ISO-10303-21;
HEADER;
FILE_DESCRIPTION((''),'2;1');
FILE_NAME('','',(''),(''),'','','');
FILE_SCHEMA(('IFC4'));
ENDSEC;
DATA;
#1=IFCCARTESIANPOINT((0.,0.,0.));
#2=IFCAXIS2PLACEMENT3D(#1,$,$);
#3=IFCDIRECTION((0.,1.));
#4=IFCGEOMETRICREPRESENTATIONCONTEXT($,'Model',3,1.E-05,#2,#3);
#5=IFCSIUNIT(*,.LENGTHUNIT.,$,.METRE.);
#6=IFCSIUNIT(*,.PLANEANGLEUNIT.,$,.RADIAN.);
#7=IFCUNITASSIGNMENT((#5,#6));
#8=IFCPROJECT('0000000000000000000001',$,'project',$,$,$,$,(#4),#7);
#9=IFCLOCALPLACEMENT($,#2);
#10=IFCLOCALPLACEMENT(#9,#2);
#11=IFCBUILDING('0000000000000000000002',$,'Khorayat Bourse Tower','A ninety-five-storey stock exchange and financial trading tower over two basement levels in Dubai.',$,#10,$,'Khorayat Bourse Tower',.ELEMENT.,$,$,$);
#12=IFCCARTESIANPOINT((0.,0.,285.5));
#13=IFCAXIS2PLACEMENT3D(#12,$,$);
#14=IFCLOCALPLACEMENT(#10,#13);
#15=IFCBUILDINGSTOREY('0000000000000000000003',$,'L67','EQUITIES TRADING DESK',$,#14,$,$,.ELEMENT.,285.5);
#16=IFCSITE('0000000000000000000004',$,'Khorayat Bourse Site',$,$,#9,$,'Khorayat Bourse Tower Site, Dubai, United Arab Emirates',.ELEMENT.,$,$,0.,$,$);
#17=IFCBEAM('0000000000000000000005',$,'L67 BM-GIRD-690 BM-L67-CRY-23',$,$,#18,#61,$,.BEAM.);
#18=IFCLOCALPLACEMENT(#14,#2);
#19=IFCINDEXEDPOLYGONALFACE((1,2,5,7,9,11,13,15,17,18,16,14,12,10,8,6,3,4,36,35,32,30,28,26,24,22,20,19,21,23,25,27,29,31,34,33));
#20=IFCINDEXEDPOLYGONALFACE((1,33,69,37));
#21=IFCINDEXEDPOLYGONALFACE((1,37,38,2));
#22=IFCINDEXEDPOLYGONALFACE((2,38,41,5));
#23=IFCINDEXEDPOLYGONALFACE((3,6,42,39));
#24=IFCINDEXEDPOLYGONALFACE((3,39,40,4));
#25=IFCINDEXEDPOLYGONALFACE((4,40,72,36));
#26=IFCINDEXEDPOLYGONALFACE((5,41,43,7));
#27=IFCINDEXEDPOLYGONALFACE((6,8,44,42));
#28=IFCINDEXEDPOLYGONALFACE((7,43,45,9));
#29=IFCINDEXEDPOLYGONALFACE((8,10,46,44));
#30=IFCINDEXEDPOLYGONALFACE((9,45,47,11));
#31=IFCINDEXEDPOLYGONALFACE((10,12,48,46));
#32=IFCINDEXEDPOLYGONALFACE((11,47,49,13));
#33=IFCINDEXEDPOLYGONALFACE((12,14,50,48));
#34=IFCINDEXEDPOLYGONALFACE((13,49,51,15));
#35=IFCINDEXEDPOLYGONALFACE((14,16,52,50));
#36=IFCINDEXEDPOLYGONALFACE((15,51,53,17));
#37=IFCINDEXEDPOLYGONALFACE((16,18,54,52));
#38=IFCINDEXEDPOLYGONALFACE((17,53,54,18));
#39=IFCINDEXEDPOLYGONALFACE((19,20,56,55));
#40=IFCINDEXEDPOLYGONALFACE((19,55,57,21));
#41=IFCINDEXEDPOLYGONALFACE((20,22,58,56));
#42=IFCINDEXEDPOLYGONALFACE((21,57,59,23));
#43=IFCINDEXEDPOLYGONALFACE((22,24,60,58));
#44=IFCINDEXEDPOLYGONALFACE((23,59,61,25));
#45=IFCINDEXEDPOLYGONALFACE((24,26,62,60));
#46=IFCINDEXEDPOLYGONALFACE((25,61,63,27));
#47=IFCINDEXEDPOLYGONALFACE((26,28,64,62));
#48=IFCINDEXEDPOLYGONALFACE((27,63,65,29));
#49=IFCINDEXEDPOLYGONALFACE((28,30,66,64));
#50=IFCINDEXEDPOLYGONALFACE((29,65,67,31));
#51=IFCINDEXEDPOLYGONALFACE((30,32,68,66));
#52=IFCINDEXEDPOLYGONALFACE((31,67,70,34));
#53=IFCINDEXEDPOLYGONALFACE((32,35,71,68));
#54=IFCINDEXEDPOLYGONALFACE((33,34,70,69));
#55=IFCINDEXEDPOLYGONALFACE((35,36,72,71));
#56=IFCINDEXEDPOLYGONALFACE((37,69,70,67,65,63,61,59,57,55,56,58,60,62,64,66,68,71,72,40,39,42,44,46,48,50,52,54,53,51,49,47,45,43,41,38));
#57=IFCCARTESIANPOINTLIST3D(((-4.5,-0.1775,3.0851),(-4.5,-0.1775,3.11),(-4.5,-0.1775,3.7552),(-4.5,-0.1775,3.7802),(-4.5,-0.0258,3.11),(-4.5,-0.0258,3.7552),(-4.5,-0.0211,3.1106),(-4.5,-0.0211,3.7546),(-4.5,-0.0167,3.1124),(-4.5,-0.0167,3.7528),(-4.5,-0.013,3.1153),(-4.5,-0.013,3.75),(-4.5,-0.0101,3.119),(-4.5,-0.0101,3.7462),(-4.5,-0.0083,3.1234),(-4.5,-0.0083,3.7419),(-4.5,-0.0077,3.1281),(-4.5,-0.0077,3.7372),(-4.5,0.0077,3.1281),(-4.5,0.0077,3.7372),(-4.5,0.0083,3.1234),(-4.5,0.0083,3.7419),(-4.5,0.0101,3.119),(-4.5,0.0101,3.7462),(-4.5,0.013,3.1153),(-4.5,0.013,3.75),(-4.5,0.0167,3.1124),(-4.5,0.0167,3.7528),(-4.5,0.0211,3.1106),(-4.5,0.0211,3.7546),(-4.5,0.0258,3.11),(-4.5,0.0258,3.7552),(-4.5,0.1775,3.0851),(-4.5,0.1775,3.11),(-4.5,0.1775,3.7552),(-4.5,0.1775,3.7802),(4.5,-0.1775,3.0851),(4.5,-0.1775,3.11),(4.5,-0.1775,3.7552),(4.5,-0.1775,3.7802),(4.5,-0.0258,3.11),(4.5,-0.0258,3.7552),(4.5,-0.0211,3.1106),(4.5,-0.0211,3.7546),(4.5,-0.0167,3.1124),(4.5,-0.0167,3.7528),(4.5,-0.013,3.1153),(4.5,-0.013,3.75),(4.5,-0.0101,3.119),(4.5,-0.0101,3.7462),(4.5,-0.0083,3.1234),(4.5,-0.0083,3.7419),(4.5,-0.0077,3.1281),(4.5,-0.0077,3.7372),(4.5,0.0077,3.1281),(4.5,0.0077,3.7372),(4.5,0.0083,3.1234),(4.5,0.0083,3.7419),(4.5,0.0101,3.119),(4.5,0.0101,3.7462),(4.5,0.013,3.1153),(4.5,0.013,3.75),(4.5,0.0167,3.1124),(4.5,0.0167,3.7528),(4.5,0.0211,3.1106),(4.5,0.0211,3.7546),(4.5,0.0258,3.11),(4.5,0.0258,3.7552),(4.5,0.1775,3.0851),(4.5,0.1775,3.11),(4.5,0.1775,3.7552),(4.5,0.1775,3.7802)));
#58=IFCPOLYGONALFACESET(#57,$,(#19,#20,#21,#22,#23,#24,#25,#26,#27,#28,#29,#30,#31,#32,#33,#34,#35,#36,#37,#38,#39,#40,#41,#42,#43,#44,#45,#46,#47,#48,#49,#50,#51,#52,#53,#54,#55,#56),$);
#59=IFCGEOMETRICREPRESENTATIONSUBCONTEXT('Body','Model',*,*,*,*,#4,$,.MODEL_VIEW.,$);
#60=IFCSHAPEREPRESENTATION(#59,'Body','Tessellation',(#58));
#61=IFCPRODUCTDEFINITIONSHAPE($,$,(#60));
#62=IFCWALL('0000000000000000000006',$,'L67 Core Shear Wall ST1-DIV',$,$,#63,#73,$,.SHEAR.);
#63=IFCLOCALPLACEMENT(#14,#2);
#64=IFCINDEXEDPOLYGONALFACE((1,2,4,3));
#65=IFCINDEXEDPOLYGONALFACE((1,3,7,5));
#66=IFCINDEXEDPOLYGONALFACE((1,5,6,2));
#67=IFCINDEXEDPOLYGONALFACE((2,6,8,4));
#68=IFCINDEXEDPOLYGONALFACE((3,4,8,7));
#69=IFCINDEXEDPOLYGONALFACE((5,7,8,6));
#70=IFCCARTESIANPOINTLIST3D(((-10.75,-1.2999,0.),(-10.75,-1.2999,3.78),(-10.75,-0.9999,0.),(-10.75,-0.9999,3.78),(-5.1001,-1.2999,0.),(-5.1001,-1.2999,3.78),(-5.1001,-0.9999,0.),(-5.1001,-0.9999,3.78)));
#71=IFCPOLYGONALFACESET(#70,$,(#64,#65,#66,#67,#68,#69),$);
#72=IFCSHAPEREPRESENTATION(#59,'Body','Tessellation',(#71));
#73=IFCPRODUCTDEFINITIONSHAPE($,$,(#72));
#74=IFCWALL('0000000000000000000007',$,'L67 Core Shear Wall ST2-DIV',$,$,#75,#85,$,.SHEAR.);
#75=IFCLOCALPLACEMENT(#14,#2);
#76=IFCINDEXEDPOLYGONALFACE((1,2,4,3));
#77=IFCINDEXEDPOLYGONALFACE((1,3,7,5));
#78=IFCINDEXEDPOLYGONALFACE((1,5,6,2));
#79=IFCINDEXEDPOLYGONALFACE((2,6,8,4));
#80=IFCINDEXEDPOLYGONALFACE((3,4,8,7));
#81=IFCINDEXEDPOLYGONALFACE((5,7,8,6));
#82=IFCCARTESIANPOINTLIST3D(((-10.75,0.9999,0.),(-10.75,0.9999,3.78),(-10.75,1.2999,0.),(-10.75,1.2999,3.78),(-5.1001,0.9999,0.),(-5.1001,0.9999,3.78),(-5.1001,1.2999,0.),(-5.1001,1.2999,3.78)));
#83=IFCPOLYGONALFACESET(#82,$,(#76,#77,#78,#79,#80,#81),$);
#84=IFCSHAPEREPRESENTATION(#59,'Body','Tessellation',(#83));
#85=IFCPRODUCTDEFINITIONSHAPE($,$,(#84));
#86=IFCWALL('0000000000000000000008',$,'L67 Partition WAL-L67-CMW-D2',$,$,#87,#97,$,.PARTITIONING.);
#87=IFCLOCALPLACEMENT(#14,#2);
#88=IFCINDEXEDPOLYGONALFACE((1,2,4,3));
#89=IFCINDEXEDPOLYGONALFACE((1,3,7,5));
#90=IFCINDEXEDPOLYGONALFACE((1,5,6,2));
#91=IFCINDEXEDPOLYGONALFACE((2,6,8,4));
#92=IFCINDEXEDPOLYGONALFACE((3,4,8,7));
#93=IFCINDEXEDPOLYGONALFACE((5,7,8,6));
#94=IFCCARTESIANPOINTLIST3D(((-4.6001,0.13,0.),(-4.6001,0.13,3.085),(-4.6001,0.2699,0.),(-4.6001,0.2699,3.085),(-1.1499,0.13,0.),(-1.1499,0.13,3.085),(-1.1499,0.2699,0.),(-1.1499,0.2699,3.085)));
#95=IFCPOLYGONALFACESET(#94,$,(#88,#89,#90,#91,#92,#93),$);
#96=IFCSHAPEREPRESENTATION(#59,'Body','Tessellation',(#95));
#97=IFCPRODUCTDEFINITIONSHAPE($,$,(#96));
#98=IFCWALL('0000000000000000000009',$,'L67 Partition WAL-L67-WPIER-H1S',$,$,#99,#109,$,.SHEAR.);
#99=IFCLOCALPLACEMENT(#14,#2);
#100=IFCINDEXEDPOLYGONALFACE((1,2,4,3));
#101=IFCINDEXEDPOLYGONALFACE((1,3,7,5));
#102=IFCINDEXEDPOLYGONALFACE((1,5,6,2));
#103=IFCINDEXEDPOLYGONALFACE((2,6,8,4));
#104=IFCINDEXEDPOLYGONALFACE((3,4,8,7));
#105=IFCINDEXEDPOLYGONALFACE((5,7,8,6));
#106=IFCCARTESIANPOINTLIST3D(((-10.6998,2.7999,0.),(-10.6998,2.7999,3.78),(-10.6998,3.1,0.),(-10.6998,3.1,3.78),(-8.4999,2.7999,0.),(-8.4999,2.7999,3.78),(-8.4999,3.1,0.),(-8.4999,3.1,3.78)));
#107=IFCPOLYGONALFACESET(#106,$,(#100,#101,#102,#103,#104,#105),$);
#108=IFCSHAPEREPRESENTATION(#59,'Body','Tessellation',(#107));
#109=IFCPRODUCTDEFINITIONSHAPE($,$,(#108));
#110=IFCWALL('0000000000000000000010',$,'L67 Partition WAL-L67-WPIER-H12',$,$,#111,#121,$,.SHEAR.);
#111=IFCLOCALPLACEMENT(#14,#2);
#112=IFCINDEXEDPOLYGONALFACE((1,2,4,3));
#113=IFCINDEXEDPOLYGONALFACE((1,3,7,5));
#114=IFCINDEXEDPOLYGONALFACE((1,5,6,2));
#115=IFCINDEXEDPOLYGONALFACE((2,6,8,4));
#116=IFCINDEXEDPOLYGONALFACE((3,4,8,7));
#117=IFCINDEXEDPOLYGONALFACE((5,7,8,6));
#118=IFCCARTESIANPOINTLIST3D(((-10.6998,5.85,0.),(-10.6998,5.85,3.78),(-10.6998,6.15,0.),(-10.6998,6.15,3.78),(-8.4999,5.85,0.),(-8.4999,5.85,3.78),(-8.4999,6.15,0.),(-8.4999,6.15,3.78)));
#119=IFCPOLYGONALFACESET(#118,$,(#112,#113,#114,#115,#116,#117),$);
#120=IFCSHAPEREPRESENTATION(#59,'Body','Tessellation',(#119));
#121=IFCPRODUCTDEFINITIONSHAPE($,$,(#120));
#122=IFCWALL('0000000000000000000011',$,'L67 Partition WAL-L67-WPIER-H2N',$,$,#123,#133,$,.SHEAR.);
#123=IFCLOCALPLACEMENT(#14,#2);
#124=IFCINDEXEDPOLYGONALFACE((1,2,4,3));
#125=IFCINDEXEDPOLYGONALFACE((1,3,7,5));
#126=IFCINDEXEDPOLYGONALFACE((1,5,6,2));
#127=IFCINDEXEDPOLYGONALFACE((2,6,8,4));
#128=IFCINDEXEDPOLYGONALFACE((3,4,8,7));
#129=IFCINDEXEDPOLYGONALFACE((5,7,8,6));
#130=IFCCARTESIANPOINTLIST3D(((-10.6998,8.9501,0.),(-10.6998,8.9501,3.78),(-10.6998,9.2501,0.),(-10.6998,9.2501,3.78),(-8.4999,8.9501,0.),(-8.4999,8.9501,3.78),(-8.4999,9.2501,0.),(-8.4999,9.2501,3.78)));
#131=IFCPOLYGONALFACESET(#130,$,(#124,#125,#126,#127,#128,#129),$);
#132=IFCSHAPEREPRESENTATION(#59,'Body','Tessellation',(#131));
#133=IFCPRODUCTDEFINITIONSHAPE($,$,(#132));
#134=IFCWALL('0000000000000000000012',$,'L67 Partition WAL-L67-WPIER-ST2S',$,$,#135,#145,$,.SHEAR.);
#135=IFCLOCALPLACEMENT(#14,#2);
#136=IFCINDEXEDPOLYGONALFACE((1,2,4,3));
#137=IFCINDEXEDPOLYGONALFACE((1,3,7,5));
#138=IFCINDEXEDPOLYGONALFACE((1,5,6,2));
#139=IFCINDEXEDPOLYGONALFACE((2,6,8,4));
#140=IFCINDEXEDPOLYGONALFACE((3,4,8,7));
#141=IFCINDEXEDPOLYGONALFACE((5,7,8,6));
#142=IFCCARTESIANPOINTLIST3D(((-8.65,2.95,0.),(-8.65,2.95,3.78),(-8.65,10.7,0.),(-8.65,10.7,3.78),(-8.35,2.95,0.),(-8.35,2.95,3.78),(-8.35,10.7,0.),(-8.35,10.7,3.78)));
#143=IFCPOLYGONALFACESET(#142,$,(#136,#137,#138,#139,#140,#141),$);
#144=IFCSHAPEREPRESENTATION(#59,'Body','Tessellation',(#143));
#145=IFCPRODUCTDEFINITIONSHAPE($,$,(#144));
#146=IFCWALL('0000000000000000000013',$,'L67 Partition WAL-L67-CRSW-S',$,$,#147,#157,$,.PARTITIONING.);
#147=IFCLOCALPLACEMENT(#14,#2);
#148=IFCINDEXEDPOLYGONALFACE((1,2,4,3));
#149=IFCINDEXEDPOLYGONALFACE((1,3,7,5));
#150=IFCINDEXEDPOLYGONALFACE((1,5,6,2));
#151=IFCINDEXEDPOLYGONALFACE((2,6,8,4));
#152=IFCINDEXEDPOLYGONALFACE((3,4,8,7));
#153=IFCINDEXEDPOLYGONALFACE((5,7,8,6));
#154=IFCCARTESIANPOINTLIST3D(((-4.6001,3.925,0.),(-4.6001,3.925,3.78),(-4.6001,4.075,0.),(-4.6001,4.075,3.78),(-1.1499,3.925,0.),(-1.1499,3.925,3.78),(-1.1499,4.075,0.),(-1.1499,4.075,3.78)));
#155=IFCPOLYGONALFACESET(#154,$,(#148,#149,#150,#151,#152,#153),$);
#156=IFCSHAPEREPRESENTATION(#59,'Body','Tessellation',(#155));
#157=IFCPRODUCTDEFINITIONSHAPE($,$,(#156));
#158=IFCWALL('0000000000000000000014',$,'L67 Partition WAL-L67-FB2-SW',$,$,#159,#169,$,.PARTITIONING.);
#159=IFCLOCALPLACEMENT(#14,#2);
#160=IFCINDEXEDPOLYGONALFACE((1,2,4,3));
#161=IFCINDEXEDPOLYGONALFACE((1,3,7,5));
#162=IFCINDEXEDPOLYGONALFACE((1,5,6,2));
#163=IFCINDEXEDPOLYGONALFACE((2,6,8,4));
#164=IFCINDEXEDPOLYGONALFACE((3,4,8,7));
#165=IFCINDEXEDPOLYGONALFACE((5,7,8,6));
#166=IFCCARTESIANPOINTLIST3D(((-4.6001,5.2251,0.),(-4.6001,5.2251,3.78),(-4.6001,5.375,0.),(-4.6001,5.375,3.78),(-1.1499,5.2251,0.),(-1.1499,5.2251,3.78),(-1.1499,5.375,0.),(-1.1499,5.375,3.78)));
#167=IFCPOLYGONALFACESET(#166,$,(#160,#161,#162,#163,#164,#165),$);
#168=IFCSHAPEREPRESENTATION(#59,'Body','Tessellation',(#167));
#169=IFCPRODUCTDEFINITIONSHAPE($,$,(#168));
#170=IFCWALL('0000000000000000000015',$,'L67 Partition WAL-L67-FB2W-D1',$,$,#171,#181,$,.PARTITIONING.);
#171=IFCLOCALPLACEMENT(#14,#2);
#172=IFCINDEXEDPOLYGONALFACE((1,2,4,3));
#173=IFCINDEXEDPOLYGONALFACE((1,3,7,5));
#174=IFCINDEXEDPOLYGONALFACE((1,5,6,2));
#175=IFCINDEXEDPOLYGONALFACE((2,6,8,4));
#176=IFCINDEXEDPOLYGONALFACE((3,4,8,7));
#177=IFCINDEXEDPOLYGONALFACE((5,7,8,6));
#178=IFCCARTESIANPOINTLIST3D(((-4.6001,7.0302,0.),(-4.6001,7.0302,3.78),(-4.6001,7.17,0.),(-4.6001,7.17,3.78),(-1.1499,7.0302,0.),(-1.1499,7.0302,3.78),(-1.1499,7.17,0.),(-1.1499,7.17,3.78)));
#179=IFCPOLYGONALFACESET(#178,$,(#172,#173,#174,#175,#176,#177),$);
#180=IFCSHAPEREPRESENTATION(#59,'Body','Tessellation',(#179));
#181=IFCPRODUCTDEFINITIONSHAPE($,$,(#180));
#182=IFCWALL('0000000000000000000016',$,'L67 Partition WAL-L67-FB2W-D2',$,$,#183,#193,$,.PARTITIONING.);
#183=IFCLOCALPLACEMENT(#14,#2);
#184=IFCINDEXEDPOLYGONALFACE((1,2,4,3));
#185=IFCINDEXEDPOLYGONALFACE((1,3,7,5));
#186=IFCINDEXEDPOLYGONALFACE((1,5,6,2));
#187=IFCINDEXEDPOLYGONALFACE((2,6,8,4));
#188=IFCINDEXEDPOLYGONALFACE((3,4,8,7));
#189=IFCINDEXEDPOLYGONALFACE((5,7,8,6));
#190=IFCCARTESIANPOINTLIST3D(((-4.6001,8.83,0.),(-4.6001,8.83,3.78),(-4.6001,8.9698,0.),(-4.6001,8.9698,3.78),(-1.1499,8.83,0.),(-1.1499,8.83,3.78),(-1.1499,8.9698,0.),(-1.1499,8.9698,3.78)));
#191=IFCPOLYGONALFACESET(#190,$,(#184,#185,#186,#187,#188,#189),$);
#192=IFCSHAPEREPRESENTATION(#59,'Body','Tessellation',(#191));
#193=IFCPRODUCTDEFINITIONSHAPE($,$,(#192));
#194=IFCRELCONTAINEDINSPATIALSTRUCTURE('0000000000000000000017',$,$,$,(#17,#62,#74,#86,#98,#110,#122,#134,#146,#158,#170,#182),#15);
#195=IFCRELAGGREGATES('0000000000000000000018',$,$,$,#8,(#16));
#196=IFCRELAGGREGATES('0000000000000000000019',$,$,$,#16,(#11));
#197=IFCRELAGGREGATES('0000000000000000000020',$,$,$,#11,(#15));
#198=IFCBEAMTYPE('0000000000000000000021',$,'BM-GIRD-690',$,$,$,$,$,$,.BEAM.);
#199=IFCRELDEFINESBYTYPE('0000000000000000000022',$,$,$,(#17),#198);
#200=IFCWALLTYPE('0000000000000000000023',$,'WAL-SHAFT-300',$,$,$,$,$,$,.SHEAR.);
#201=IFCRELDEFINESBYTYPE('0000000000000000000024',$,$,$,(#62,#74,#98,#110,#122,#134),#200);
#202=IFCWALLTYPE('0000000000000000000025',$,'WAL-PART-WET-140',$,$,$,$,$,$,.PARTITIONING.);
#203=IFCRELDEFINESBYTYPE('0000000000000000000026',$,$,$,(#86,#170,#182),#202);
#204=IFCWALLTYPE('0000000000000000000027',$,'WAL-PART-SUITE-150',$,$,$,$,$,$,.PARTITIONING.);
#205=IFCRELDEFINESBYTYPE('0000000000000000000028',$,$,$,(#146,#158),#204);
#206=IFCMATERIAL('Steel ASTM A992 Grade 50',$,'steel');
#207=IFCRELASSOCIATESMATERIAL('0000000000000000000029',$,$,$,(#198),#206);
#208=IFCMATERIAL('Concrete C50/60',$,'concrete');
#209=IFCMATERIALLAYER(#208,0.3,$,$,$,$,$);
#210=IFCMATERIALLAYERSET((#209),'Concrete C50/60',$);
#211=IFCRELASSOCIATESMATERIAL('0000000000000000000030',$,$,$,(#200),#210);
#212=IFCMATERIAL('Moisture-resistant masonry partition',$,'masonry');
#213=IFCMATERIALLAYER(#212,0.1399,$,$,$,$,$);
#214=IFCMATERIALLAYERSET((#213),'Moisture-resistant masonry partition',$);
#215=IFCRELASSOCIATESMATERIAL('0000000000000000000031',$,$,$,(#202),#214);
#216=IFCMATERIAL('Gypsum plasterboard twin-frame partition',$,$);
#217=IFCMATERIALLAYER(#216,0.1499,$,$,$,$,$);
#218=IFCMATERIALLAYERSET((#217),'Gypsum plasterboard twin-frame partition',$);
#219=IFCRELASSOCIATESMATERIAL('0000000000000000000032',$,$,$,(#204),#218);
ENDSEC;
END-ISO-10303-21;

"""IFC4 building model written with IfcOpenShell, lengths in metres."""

from ifc_helpers import new_model, si_unit, direction, frame, frame_2d, origin, origin_2d, place, context, subcontext, project, spatial, rectangle, i_section, extrude, source, transform, mapped, material, layer, layer_set, material_profile, profile_set, type_object, element, save


model = new_model("IFC4")

# Units and contexts
model_context = context("Model", 3, precision=1e-05, world=origin(), true_north=direction((0.0, 1.0)))
body_context = subcontext(model_context, "Body", "Model", "MODEL_VIEW")
ifc_project = project(units=[si_unit("LENGTHUNIT", "METRE"), si_unit("PLANEANGLEUNIT", "RADIAN")], contexts=[model_context])

# Site, building, storey
site_placement = place(None, origin())
site = spatial("IfcSite", under=ifc_project, at=site_placement, Name="Khorayat Bourse Site", LongName="Khorayat Bourse Tower Site, Dubai, United Arab Emirates", CompositionType="ELEMENT", RefElevation=0.0)
building_placement = place(site_placement, origin())
building = spatial("IfcBuilding", under=site, at=building_placement, Name="Khorayat Bourse Tower", Description="A ninety-five-storey stock exchange and financial trading tower over two basement levels in Dubai.", LongName="Khorayat Bourse Tower", CompositionType="ELEMENT")
storey_placement = place(building_placement, frame((0.0, 0.0, 285.5)))
storey = spatial("IfcBuildingStorey", under=building, at=storey_placement, Name="L67", Description="EQUITIES TRADING DESK", CompositionType="ELEMENT", Elevation=285.5)

# Beam
ifc_material_1 = material(Name="Steel ASTM A992 Grade 50", Category="steel")
ifc_material_profile_1 = material_profile(ifc_material_1, i_section(OverallWidth=0.355, OverallDepth=0.6951, WebThickness=0.0154, FlangeThickness=0.0249, FilletRadius=0.0181, at=origin_2d()), Name="W690X217")
ifc_profile_set_1 = profile_set([ifc_material_profile_1], Name="Steel ASTM A992 Grade 50")
beam_type = type_object("IfcBeamType", Name="BM-GIRD-690", PredefinedType="BEAM", material=ifc_profile_set_1)
shared_shape_1 = source(origin(), body_context, "Body", "SweptSolid", [
    extrude(i_section(OverallWidth=0.355, OverallDepth=0.6951, WebThickness=0.0154, FlangeThickness=0.0249, FilletRadius=0.0181, at=origin_2d()), origin(), (0.0, 0.0, 1.0), 9.0),
])
beam_1_placement = place(storey_placement, frame((-4.5, 0.0, 3.4326), z_axis=(1.0, 0.0, 0.0), x_axis=(0.0, 1.0, 0.0)))
element("IfcBeam", 1, at=beam_1_placement, inside=storey, type_object=beam_type, Name="L67 BM-GIRD-690 BM-L67-CRY-23", PredefinedType="BEAM", context=body_context, shape_type="MappedRepresentation", body=[
    mapped(shared_shape_1, transform((0.0, 0.0, 0.0), scale=1.0)),
])

# Walls
ifc_material_2 = material(Name="Concrete C50/60", Category="concrete")
ifc_layer_1 = layer(ifc_material_2, 0.3)
ifc_layer_set_1 = layer_set([ifc_layer_1], Name="Concrete C50/60")
wall_type_1 = type_object("IfcWallType", Name="WAL-SHAFT-300", PredefinedType="SHEAR", material=ifc_layer_set_1)
shared_shape_2 = source(origin(), body_context, "Body", "SweptSolid", [
    extrude(rectangle(XDim=5.6499, YDim=0.3, at=frame_2d((2.825, 0.0))), origin(), (0.0, 0.0, 1.0), 3.78),
])
for number, where, z_axis, x_axis, name in (
    (2, (-10.75, -1.1499, 0.0), (0.0, 0.0, 1.0), (1.0, 0.0, 0.0), "L67 Core Shear Wall ST1-DIV"),
    (3, (-10.75, 1.1499, 0.0), (0.0, 0.0, 1.0), (1.0, 0.0, 0.0), "L67 Core Shear Wall ST2-DIV"),
):
    element("IfcWall", number, at=place(storey_placement, frame(where, z_axis=z_axis, x_axis=x_axis)), inside=storey, type_object=wall_type_1, Name=name, PredefinedType="SHEAR", context=body_context, shape_type="MappedRepresentation", body=[
        mapped(shared_shape_2, transform((0.0, 0.0, 0.0), scale=1.0)),
    ])
ifc_material_3 = material(Name="Moisture-resistant masonry partition", Category="masonry")
ifc_layer_2 = layer(ifc_material_3, 0.1399)
ifc_layer_set_2 = layer_set([ifc_layer_2], Name="Moisture-resistant masonry partition")
wall_type_2 = type_object("IfcWallType", Name="WAL-PART-WET-140", PredefinedType="PARTITIONING", material=ifc_layer_set_2)
shared_shape_3 = source(origin(), body_context, "Body", "SweptSolid", [
    extrude(rectangle(XDim=3.4502, YDim=0.1399, at=frame_2d((1.7251, 0.0))), origin(), (0.0, 0.0, 1.0), 3.085),
])
wall_1_placement = place(storey_placement, frame((-4.6001, 0.2, 0.0), z_axis=(0.0, 0.0, 1.0), x_axis=(1.0, 0.0, 0.0)))
element("IfcWall", 4, at=wall_1_placement, inside=storey, type_object=wall_type_2, Name="L67 Partition WAL-L67-CMW-D2", PredefinedType="PARTITIONING", context=body_context, shape_type="MappedRepresentation", body=[
    mapped(shared_shape_3, transform((0.0, 0.0, 0.0), scale=1.0)),
])
shared_shape_4 = source(origin(), body_context, "Body", "SweptSolid", [
    extrude(rectangle(XDim=2.2, YDim=0.3, at=frame_2d((1.1001, 0.0))), origin(), (0.0, 0.0, 1.0), 3.78),
])
for number, where, z_axis, x_axis, name in (
    (5, (-10.7, 2.95, 0.0), (0.0, 0.0, 1.0), (1.0, 0.0, 0.0), "L67 Partition WAL-L67-WPIER-H1S"),
    (6, (-10.7, 6.0, 0.0), (0.0, 0.0, 1.0), (1.0, 0.0, 0.0), "L67 Partition WAL-L67-WPIER-H12"),
    (7, (-10.7, 9.1001, 0.0), (0.0, 0.0, 1.0), (1.0, 0.0, 0.0), "L67 Partition WAL-L67-WPIER-H2N"),
):
    element("IfcWall", number, at=place(storey_placement, frame(where, z_axis=z_axis, x_axis=x_axis)), inside=storey, type_object=wall_type_1, Name=name, PredefinedType="SHEAR", context=body_context, shape_type="MappedRepresentation", body=[
        mapped(shared_shape_4, transform((0.0, 0.0, 0.0), scale=1.0)),
    ])
shared_shape_5 = source(origin(), body_context, "Body", "SweptSolid", [
    extrude(rectangle(XDim=7.75, YDim=0.3, at=frame_2d((3.875, 0.0))), origin(), (0.0, 0.0, 1.0), 3.78),
])
wall_2_placement = place(storey_placement, frame((-8.5, 2.95, 0.0), z_axis=(0.0, 0.0, 1.0), x_axis=(0.0, 1.0, 0.0)))
element("IfcWall", 8, at=wall_2_placement, inside=storey, type_object=wall_type_1, Name="L67 Partition WAL-L67-WPIER-ST2S", PredefinedType="SHEAR", context=body_context, shape_type="MappedRepresentation", body=[
    mapped(shared_shape_5, transform((0.0, 0.0, 0.0), scale=1.0)),
])
ifc_material_4 = material(Name="Gypsum plasterboard twin-frame partition")
ifc_layer_3 = layer(ifc_material_4, 0.1499)
ifc_layer_set_3 = layer_set([ifc_layer_3], Name="Gypsum plasterboard twin-frame partition")
wall_type_3 = type_object("IfcWallType", Name="WAL-PART-SUITE-150", PredefinedType="PARTITIONING", material=ifc_layer_set_3)
shared_shape_6 = source(origin(), body_context, "Body", "SweptSolid", [
    extrude(rectangle(XDim=3.4502, YDim=0.1499, at=frame_2d((1.7251, 0.0))), origin(), (0.0, 0.0, 1.0), 3.78),
])
for number, where, z_axis, x_axis, name in (
    (9, (-4.6001, 4.0, 0.0), (0.0, 0.0, 1.0), (1.0, 0.0, 0.0), "L67 Partition WAL-L67-CRSW-S"),
    (10, (-4.6001, 5.3, 0.0), (0.0, 0.0, 1.0), (1.0, 0.0, 0.0), "L67 Partition WAL-L67-FB2-SW"),
):
    element("IfcWall", number, at=place(storey_placement, frame(where, z_axis=z_axis, x_axis=x_axis)), inside=storey, type_object=wall_type_3, Name=name, PredefinedType="PARTITIONING", context=body_context, shape_type="MappedRepresentation", body=[
        mapped(shared_shape_6, transform((0.0, 0.0, 0.0), scale=1.0)),
    ])
shared_shape_7 = source(origin(), body_context, "Body", "SweptSolid", [
    extrude(rectangle(XDim=3.4502, YDim=0.1399, at=frame_2d((1.7251, 0.0))), origin(), (0.0, 0.0, 1.0), 3.78),
])
for number, where, z_axis, x_axis, name in (
    (11, (-4.6001, 7.1001, 0.0), (0.0, 0.0, 1.0), (1.0, 0.0, 0.0), "L67 Partition WAL-L67-FB2W-D1"),
    (12, (-4.6001, 8.8999, 0.0), (0.0, 0.0, 1.0), (1.0, 0.0, 0.0), "L67 Partition WAL-L67-FB2W-D2"),
):
    element("IfcWall", number, at=place(storey_placement, frame(where, z_axis=z_axis, x_axis=x_axis)), inside=storey, type_object=wall_type_2, Name=name, PredefinedType="PARTITIONING", context=body_context, shape_type="MappedRepresentation", body=[
        mapped(shared_shape_7, transform((0.0, 0.0, 0.0), scale=1.0)),
    ])

save(model, "model.ifc")
